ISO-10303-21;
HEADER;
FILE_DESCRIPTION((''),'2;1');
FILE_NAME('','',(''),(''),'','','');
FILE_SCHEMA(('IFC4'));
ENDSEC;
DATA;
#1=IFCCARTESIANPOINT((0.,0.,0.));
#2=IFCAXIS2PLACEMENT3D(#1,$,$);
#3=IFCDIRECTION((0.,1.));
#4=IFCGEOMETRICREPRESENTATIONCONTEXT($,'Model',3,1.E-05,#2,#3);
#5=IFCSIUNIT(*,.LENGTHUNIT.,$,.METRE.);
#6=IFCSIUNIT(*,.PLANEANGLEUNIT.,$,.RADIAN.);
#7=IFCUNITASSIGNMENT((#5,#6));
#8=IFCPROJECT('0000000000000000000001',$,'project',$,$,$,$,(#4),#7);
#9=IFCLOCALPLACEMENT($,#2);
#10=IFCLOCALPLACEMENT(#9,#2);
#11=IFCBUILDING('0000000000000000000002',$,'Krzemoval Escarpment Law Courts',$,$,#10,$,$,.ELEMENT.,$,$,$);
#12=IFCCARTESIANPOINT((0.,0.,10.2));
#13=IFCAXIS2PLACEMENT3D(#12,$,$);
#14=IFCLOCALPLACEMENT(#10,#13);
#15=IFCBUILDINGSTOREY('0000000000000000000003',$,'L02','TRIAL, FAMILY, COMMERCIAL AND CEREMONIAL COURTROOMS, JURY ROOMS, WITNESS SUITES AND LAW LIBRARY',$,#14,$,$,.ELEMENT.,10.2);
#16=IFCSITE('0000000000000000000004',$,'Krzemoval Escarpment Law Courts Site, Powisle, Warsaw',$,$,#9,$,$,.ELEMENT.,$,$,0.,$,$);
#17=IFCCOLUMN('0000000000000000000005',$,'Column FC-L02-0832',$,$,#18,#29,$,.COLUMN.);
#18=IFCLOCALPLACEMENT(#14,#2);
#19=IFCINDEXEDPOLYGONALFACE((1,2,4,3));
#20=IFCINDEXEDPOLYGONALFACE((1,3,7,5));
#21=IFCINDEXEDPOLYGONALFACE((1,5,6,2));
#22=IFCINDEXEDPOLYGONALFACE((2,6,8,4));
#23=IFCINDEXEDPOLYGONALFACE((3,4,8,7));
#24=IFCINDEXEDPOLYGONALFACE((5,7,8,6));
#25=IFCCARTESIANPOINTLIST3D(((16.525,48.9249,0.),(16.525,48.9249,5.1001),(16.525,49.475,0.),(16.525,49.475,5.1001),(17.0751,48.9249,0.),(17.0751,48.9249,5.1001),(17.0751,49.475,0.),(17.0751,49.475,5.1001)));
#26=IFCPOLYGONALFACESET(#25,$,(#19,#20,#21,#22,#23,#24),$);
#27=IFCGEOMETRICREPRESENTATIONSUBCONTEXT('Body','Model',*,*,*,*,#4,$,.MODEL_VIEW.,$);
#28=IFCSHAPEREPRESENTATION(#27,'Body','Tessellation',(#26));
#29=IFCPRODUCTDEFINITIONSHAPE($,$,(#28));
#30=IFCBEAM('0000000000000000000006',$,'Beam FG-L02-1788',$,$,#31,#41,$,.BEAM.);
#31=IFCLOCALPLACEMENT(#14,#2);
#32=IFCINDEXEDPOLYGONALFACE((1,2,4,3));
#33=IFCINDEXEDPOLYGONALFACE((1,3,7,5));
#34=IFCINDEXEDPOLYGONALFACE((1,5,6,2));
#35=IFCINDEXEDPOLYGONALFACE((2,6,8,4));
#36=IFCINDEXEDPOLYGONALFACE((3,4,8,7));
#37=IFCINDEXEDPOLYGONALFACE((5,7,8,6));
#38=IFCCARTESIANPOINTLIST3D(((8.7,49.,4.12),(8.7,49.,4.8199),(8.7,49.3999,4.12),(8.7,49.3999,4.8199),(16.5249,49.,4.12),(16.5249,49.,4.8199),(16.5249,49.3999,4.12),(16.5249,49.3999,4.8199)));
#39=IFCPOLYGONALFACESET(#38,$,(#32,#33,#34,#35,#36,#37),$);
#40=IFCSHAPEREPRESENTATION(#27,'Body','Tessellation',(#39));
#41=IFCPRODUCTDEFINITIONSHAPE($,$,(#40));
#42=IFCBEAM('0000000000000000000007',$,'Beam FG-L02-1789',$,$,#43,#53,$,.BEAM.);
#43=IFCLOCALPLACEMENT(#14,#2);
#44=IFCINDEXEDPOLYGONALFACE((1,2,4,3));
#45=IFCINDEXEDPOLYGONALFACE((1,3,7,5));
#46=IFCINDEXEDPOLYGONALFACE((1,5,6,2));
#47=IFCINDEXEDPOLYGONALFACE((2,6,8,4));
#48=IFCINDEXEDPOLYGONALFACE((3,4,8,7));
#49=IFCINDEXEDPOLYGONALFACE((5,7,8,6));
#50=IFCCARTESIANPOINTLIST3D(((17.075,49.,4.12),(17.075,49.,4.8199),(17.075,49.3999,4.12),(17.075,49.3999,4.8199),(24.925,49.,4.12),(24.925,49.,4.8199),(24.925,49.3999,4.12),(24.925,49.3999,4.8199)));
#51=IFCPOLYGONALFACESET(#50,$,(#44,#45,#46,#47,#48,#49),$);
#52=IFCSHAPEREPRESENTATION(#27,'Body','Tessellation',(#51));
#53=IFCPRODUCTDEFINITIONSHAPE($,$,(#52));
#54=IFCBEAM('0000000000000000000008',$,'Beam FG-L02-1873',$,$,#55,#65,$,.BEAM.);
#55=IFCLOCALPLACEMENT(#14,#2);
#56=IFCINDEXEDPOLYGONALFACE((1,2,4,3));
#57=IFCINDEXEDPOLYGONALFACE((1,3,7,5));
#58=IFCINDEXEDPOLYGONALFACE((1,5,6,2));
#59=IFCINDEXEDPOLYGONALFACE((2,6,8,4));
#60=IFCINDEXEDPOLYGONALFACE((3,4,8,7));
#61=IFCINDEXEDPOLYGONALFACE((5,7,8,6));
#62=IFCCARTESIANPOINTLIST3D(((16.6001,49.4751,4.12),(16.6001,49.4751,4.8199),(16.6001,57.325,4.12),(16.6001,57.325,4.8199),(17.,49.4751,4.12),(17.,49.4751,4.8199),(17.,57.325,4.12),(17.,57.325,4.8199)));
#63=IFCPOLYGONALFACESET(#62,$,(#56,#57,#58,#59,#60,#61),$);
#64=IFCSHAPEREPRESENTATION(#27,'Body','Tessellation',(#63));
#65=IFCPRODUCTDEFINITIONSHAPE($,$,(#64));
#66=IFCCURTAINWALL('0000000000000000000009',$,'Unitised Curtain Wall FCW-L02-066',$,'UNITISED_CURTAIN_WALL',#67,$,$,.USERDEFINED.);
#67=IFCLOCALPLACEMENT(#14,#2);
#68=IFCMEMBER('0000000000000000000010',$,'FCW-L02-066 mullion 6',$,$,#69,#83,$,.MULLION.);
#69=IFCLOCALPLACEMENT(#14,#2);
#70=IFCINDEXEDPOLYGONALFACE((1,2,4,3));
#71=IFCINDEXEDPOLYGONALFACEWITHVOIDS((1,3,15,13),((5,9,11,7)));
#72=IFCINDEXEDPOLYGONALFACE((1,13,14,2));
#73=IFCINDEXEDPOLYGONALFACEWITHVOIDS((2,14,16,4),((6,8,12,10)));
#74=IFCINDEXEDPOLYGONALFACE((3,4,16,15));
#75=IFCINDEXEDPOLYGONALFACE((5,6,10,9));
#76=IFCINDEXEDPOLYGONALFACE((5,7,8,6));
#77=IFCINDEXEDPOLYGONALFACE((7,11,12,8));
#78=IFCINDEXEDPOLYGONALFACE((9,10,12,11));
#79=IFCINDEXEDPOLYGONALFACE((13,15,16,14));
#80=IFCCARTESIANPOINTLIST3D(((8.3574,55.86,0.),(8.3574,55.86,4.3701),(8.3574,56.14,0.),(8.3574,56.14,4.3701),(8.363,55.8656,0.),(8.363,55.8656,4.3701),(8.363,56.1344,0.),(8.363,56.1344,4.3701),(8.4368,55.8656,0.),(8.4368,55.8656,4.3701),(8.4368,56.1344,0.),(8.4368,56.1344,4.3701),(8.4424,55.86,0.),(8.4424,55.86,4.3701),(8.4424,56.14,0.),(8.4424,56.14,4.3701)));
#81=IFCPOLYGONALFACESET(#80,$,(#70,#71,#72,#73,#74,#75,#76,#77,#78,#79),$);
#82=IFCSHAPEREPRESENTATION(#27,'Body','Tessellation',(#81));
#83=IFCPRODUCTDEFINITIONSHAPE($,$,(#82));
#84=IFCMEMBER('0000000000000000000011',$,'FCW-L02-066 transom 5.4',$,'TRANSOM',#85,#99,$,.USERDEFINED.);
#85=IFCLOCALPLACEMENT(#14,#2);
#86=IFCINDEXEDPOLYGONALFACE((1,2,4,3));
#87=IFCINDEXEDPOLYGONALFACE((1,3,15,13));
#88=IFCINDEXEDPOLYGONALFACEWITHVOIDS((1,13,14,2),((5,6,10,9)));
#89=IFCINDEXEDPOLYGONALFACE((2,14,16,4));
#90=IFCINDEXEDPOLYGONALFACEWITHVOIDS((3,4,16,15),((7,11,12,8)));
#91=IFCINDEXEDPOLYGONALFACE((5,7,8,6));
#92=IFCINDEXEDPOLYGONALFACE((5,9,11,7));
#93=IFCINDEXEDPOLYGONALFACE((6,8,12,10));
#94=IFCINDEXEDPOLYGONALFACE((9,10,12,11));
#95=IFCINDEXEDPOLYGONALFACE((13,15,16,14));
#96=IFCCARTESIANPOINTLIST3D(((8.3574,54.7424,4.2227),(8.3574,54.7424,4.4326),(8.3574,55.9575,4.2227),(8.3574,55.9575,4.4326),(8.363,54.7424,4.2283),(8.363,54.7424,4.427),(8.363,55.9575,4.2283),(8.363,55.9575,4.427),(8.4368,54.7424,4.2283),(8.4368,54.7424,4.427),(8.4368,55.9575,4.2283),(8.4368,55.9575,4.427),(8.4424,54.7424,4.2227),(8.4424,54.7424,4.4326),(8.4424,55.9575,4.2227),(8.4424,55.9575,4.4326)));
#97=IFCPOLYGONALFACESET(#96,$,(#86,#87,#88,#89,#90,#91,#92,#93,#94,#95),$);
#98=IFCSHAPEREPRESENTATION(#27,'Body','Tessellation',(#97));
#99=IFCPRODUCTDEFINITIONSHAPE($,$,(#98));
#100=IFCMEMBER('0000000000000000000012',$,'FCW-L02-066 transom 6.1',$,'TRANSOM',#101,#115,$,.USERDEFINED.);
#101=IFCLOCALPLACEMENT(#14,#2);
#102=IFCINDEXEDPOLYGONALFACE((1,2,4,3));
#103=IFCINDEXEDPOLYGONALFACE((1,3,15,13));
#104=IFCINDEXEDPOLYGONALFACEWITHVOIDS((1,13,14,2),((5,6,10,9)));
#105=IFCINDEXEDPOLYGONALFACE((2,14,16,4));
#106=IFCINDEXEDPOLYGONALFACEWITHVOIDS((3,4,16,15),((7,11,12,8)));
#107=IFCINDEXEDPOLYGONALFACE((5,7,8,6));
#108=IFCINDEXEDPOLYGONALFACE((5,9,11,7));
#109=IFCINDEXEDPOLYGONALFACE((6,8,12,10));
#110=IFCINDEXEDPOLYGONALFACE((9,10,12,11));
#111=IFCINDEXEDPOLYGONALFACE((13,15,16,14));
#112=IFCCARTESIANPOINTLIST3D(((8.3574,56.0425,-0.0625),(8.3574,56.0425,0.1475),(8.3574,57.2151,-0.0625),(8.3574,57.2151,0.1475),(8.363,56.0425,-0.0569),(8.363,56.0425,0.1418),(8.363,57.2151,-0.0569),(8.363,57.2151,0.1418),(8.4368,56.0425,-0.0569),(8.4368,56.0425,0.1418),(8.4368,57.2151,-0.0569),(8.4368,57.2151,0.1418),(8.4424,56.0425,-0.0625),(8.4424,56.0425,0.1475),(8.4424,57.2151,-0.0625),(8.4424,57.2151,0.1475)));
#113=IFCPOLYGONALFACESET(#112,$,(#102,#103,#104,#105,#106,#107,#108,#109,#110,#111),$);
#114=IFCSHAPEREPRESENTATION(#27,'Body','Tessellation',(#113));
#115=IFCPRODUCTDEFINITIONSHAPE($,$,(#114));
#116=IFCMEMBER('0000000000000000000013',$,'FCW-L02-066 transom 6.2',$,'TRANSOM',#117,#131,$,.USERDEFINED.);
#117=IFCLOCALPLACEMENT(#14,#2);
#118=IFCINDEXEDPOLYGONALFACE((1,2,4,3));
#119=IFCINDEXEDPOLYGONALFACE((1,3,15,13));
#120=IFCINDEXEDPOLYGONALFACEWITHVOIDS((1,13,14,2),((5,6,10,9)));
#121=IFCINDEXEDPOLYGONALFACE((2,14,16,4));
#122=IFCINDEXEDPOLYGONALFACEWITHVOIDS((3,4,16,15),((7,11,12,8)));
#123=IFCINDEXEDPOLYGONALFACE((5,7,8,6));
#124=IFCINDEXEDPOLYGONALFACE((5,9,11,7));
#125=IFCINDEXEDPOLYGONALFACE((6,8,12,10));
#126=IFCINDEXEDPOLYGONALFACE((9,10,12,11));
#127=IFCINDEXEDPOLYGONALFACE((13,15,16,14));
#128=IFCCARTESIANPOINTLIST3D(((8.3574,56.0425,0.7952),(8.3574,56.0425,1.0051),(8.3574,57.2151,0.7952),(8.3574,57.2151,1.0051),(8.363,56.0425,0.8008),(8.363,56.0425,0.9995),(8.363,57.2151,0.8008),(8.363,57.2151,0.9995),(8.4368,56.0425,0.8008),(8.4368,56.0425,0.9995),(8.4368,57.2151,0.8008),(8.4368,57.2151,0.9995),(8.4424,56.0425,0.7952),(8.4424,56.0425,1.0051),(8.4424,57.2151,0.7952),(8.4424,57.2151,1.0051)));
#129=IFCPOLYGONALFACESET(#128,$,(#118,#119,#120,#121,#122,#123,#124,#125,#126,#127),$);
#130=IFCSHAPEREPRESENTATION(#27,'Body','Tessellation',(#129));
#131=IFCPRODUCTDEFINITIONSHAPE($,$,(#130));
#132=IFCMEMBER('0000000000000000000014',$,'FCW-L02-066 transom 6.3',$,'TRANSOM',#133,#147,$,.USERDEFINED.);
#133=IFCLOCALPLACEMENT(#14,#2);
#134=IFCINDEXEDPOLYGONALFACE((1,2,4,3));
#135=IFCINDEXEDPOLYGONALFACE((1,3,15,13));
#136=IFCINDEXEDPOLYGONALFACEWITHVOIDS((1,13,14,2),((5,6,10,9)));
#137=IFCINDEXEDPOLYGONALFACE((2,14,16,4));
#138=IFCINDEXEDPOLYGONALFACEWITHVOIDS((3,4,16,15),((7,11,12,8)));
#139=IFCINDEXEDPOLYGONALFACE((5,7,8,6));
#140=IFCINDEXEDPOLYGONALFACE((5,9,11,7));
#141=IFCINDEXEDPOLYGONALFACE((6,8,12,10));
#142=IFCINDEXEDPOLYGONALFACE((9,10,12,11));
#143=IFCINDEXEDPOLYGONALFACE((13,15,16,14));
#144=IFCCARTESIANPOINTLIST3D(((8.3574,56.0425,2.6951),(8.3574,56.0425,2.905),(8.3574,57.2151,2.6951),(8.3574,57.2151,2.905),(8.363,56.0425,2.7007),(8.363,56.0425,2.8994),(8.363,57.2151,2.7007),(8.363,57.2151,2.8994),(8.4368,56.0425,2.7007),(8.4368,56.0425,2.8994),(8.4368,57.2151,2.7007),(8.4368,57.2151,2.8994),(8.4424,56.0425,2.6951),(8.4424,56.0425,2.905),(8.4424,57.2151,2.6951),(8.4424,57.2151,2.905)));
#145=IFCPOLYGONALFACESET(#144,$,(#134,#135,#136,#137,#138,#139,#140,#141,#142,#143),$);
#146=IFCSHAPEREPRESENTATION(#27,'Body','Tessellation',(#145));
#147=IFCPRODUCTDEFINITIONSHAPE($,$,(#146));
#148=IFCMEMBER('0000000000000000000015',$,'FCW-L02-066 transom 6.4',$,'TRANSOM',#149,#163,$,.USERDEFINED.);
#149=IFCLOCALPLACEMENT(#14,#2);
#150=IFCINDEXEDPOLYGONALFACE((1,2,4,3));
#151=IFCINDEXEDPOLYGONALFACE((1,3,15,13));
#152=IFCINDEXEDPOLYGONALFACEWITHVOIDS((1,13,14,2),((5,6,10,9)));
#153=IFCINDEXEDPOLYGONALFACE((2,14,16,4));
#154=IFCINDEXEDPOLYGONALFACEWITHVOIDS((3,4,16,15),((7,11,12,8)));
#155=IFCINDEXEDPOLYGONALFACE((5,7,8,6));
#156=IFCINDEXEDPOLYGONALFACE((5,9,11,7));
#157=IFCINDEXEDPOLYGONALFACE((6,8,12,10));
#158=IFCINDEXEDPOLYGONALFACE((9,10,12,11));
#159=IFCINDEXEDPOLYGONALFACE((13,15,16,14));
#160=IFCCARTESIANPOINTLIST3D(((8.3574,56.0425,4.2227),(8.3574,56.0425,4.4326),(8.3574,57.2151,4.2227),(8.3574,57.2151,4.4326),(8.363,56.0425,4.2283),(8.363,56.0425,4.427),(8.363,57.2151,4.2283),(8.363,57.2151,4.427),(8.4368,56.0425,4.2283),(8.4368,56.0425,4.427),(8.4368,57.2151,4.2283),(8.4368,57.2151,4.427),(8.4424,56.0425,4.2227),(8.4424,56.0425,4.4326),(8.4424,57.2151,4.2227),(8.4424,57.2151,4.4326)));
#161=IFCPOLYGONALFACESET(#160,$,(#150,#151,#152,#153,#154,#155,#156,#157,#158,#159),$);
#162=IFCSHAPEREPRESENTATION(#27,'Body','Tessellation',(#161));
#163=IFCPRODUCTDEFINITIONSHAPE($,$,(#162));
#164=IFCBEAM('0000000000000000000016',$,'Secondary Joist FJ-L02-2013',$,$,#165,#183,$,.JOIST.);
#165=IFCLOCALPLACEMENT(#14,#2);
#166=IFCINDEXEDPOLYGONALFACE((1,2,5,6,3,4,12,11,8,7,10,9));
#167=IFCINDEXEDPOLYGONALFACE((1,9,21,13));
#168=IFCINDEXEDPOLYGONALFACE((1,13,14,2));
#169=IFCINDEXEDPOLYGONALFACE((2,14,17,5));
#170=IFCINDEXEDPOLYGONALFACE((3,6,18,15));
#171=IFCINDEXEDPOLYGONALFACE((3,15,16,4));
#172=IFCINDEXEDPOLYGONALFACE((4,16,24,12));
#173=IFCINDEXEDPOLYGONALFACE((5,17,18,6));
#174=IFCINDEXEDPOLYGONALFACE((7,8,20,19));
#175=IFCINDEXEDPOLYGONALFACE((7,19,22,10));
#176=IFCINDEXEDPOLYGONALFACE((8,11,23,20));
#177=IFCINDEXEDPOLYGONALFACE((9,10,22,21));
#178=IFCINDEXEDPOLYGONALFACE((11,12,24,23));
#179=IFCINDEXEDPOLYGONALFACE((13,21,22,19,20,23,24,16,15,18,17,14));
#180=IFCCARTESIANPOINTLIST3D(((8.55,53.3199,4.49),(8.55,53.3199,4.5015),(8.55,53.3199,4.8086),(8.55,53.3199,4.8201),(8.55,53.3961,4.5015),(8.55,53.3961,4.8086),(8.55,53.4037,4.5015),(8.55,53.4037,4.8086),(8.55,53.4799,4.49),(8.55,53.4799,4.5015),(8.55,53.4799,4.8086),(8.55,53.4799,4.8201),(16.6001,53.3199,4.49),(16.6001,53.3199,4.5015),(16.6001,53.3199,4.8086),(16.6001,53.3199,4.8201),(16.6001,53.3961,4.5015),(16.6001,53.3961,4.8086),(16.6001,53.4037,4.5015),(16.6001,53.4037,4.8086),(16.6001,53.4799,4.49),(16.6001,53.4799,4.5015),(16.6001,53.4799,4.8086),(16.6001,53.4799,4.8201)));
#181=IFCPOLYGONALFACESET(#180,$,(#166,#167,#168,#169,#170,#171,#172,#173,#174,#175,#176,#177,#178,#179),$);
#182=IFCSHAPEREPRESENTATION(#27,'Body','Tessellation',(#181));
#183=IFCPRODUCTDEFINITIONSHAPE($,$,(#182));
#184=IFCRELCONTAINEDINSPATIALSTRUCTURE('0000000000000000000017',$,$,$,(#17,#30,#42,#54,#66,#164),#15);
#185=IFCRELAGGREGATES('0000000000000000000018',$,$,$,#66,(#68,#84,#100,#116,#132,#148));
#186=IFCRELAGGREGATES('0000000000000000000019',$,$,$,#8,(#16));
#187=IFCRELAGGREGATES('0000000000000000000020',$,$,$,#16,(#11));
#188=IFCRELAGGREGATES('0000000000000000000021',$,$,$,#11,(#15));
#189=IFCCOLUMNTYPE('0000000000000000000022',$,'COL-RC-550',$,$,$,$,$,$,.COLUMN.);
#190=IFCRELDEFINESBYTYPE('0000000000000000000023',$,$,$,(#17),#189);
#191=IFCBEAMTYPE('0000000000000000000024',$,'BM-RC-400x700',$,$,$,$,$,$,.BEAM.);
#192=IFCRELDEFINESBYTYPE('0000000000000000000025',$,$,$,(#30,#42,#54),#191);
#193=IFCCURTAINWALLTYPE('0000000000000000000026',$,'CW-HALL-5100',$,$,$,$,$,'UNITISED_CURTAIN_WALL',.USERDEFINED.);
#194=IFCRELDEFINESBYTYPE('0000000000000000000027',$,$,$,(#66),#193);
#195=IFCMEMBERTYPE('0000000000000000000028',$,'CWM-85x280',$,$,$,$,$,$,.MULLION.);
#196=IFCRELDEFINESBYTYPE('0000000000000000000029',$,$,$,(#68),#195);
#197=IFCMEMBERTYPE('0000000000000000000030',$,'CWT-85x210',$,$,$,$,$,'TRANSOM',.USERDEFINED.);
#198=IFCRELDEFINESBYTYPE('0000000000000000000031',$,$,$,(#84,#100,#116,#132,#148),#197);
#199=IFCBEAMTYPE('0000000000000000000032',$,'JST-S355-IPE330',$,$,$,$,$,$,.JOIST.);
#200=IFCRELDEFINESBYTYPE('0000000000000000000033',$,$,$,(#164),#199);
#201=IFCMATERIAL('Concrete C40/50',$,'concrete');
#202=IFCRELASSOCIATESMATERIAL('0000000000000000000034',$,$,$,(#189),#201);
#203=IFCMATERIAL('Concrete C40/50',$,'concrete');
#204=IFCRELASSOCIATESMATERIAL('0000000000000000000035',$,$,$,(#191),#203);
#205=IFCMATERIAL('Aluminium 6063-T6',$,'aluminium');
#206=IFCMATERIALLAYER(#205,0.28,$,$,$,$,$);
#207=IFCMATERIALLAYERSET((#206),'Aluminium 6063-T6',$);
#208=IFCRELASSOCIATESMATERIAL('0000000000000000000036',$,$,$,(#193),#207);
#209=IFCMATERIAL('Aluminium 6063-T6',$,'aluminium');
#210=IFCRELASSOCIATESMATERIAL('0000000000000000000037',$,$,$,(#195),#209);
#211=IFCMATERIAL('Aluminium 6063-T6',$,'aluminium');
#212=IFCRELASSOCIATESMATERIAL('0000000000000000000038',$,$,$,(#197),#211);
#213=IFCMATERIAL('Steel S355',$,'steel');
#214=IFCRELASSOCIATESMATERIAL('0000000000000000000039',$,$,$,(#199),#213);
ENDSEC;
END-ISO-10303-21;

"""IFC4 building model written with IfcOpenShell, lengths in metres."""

from ifc_helpers import new_model, si_unit, direction, frame, origin, origin_2d, place, context, subcontext, project, spatial, rectangle, hollow_rectangle, i_section, extrude, material, layer, layer_set, material_profile, profile_set, type_object, element, aggregate, save


model = new_model("IFC4")

# Units and contexts
model_context = context("Model", 3, precision=1e-05, world=origin(), true_north=direction((0.0, 1.0)))
body_context = subcontext(model_context, "Body", "Model", "MODEL_VIEW")
ifc_project = project(units=[si_unit("LENGTHUNIT", "METRE"), si_unit("PLANEANGLEUNIT", "RADIAN")], contexts=[model_context])

# Site, building, storey
site_placement = place(None, origin())
site = spatial("IfcSite", under=ifc_project, at=site_placement, Name="Krzemoval Escarpment Law Courts Site, Powisle, Warsaw", CompositionType="ELEMENT", RefElevation=0.0)
building_placement = place(site_placement, origin())
building = spatial("IfcBuilding", under=site, at=building_placement, Name="Krzemoval Escarpment Law Courts", CompositionType="ELEMENT")
storey_placement = place(building_placement, frame((0.0, 0.0, 10.2)))
storey = spatial("IfcBuildingStorey", under=building, at=storey_placement, Name="L02", Description="TRIAL, FAMILY, COMMERCIAL AND CEREMONIAL COURTROOMS, JURY ROOMS, WITNESS SUITES AND LAW LIBRARY", CompositionType="ELEMENT", Elevation=10.2)

# Column
ifc_material_1 = material(Name="Concrete C40/50", Category="concrete")
ifc_material_profile_1 = material_profile(ifc_material_1, rectangle(XDim=0.55, YDim=0.55, at=origin_2d()), Name="RC 550x550")
ifc_profile_set_1 = profile_set([ifc_material_profile_1], Name="Concrete C40/50")
column_type = type_object("IfcColumnType", Name="COL-RC-550", PredefinedType="COLUMN", material=ifc_profile_set_1)
column_placement = place(storey_placement, frame((16.8, 49.2, 0.0), z_axis=(0.0, 0.0, 1.0), x_axis=(1.0, 0.0, 0.0)))
element("IfcColumn", 1, at=column_placement, inside=storey, type_object=column_type, Name="Column FC-L02-0832", PredefinedType="COLUMN", context=body_context, shape_type="SweptSolid", body=[
    extrude(rectangle(XDim=0.55, YDim=0.55, at=origin_2d()), origin(), (0.0, 0.0, 1.0), 5.1001),
])

# Beams
ifc_material_2 = material(Name="Concrete C40/50", Category="concrete")
ifc_material_profile_2 = material_profile(ifc_material_2, rectangle(XDim=0.3999, YDim=0.7, at=origin_2d()), Name="RCB 400x700")
ifc_profile_set_2 = profile_set([ifc_material_profile_2], Name="Concrete C40/50")
beam_type_1 = type_object("IfcBeamType", Name="BM-RC-400x700", PredefinedType="BEAM", material=ifc_profile_set_2)
beam_1_placement = place(storey_placement, frame((8.7, 49.2, 4.47), z_axis=(1.0, 0.0, 0.0), x_axis=(0.0, 1.0, 0.0)))
element("IfcBeam", 2, at=beam_1_placement, inside=storey, type_object=beam_type_1, Name="Beam FG-L02-1788", PredefinedType="BEAM", context=body_context, shape_type="SweptSolid", body=[
    extrude(rectangle(XDim=0.3999, YDim=0.7, at=origin_2d()), origin(), (0.0, 0.0, 1.0), 7.825),
])
beam_2_placement = place(storey_placement, frame((17.075, 49.2, 4.47), z_axis=(1.0, 0.0, 0.0), x_axis=(0.0, 1.0, 0.0)))
element("IfcBeam", 3, at=beam_2_placement, inside=storey, type_object=beam_type_1, Name="Beam FG-L02-1789", PredefinedType="BEAM", context=body_context, shape_type="SweptSolid", body=[
    extrude(rectangle(XDim=0.3999, YDim=0.7, at=origin_2d()), origin(), (0.0, 0.0, 1.0), 7.8501),
])
beam_3_placement = place(storey_placement, frame((16.8, 49.4751, 4.47), z_axis=(0.0, 1.0, 0.0), x_axis=(-1.0, 0.0, 0.0)))
element("IfcBeam", 4, at=beam_3_placement, inside=storey, type_object=beam_type_1, Name="Beam FG-L02-1873", PredefinedType="BEAM", context=body_context, shape_type="SweptSolid", body=[
    extrude(rectangle(XDim=0.3999, YDim=0.7, at=origin_2d()), origin(), (0.0, 0.0, 1.0), 7.8499),
])

# Curtain wall, members
ifc_material_3 = material(Name="Aluminium 6063-T6", Category="aluminium")
ifc_layer_1 = layer(ifc_material_3, 0.28)
ifc_layer_set_1 = layer_set([ifc_layer_1], Name="Aluminium 6063-T6")
curtain_wall_type = type_object("IfcCurtainWallType", Name="CW-HALL-5100", ElementType="UNITISED_CURTAIN_WALL", PredefinedType="USERDEFINED", material=ifc_layer_set_1)
curtain_wall_placement = place(storey_placement, origin())
curtain_wall = element("IfcCurtainWall", 5, at=curtain_wall_placement, inside=storey, type_object=curtain_wall_type, Name="Unitised Curtain Wall FCW-L02-066", ObjectType="UNITISED_CURTAIN_WALL", PredefinedType="USERDEFINED")
ifc_material_4 = material(Name="Aluminium 6063-T6", Category="aluminium")
ifc_material_profile_3 = material_profile(ifc_material_4, hollow_rectangle(XDim=0.085, YDim=0.28, WallThickness=0.0056, at=origin_2d()), Name="ALU M85x280")
ifc_profile_set_3 = profile_set([ifc_material_profile_3], Name="Aluminium 6063-T6")
member_type_1 = type_object("IfcMemberType", Name="CWM-85x280", PredefinedType="MULLION", material=ifc_profile_set_3)
member_1_placement = place(storey_placement, frame((8.3999, 56.0, 0.0), z_axis=(0.0, 0.0, 1.0), x_axis=(-1.0, 0.0, 0.0)))
member_1 = element("IfcMember", 6, at=member_1_placement, type_object=member_type_1, Name="FCW-L02-066 mullion 6", PredefinedType="MULLION", context=body_context, shape_type="SweptSolid", body=[
    extrude(hollow_rectangle(XDim=0.085, YDim=0.28, WallThickness=0.0056, at=origin_2d()), origin(), (0.0, 0.0, 1.0), 4.3701),
])
ifc_material_5 = material(Name="Aluminium 6063-T6", Category="aluminium")
ifc_material_profile_4 = material_profile(ifc_material_5, hollow_rectangle(XDim=0.085, YDim=0.21, WallThickness=0.0056, at=origin_2d()), Name="ALU T85x210")
ifc_profile_set_4 = profile_set([ifc_material_profile_4], Name="Aluminium 6063-T6")
member_type_2 = type_object("IfcMemberType", Name="CWT-85x210", ElementType="TRANSOM", PredefinedType="USERDEFINED", material=ifc_profile_set_4)
member_2_placement = place(storey_placement, frame((8.3999, 54.7424, 4.3276), z_axis=(0.0, 1.0, 0.0), x_axis=(-1.0, 0.0, 0.0)))
member_2 = element("IfcMember", 7, at=member_2_placement, type_object=member_type_2, Name="FCW-L02-066 transom 5.4", ObjectType="TRANSOM", PredefinedType="USERDEFINED", context=body_context, shape_type="SweptSolid", body=[
    extrude(hollow_rectangle(XDim=0.085, YDim=0.21, WallThickness=0.0056, at=origin_2d()), origin(), (0.0, 0.0, 1.0), 1.2151),
])
member_3_placement = place(storey_placement, frame((8.3999, 56.0425, 0.0425), z_axis=(0.0, 1.0, 0.0), x_axis=(-1.0, 0.0, 0.0)))
member_3 = element("IfcMember", 8, at=member_3_placement, type_object=member_type_2, Name="FCW-L02-066 transom 6.1", ObjectType="TRANSOM", PredefinedType="USERDEFINED", context=body_context, shape_type="SweptSolid", body=[
    extrude(hollow_rectangle(XDim=0.085, YDim=0.21, WallThickness=0.0056, at=origin_2d()), origin(), (0.0, 0.0, 1.0), 1.1726),
])
member_4_placement = place(storey_placement, frame((8.3999, 56.0425, 0.9001), z_axis=(0.0, 1.0, 0.0), x_axis=(-1.0, 0.0, 0.0)))
member_4 = element("IfcMember", 9, at=member_4_placement, type_object=member_type_2, Name="FCW-L02-066 transom 6.2", ObjectType="TRANSOM", PredefinedType="USERDEFINED", context=body_context, shape_type="SweptSolid", body=[
    extrude(hollow_rectangle(XDim=0.085, YDim=0.21, WallThickness=0.0056, at=origin_2d()), origin(), (0.0, 0.0, 1.0), 1.1726),
])
member_5_placement = place(storey_placement, frame((8.3999, 56.0425, 2.8), z_axis=(0.0, 1.0, 0.0), x_axis=(-1.0, 0.0, 0.0)))
member_5 = element("IfcMember", 10, at=member_5_placement, type_object=member_type_2, Name="FCW-L02-066 transom 6.3", ObjectType="TRANSOM", PredefinedType="USERDEFINED", context=body_context, shape_type="SweptSolid", body=[
    extrude(hollow_rectangle(XDim=0.085, YDim=0.21, WallThickness=0.0056, at=origin_2d()), origin(), (0.0, 0.0, 1.0), 1.1726),
])
member_6_placement = place(storey_placement, frame((8.3999, 56.0425, 4.3276), z_axis=(0.0, 1.0, 0.0), x_axis=(-1.0, 0.0, 0.0)))
member_6 = element("IfcMember", 11, at=member_6_placement, type_object=member_type_2, Name="FCW-L02-066 transom 6.4", ObjectType="TRANSOM", PredefinedType="USERDEFINED", context=body_context, shape_type="SweptSolid", body=[
    extrude(hollow_rectangle(XDim=0.085, YDim=0.21, WallThickness=0.0056, at=origin_2d()), origin(), (0.0, 0.0, 1.0), 1.1726),
])

# Beam
ifc_material_6 = material(Name="Steel S355", Category="steel")
ifc_material_profile_5 = material_profile(ifc_material_6, i_section(OverallWidth=0.1599, OverallDepth=0.3301, WebThickness=0.0076, FlangeThickness=0.0115, at=origin_2d()), Name="IPE 330")
ifc_profile_set_5 = profile_set([ifc_material_profile_5], Name="Steel S355")
beam_type_2 = type_object("IfcBeamType", Name="JST-S355-IPE330", PredefinedType="JOIST", material=ifc_profile_set_5)
beam_4_placement = place(storey_placement, frame((8.55, 53.3999, 4.655), z_axis=(1.0, 0.0, 0.0), x_axis=(0.0, 1.0, 0.0)))
element("IfcBeam", 12, at=beam_4_placement, inside=storey, type_object=beam_type_2, Name="Secondary Joist FJ-L02-2013", PredefinedType="JOIST", context=body_context, shape_type="SweptSolid", body=[
    extrude(i_section(OverallWidth=0.1599, OverallDepth=0.3301, WebThickness=0.0076, FlangeThickness=0.0115, at=origin_2d()), origin(), (0.0, 0.0, 1.0), 8.05),
])

aggregate(curtain_wall, [member_1, member_2, member_3, member_4, member_5, member_6])

save(model, "model.ifc")
